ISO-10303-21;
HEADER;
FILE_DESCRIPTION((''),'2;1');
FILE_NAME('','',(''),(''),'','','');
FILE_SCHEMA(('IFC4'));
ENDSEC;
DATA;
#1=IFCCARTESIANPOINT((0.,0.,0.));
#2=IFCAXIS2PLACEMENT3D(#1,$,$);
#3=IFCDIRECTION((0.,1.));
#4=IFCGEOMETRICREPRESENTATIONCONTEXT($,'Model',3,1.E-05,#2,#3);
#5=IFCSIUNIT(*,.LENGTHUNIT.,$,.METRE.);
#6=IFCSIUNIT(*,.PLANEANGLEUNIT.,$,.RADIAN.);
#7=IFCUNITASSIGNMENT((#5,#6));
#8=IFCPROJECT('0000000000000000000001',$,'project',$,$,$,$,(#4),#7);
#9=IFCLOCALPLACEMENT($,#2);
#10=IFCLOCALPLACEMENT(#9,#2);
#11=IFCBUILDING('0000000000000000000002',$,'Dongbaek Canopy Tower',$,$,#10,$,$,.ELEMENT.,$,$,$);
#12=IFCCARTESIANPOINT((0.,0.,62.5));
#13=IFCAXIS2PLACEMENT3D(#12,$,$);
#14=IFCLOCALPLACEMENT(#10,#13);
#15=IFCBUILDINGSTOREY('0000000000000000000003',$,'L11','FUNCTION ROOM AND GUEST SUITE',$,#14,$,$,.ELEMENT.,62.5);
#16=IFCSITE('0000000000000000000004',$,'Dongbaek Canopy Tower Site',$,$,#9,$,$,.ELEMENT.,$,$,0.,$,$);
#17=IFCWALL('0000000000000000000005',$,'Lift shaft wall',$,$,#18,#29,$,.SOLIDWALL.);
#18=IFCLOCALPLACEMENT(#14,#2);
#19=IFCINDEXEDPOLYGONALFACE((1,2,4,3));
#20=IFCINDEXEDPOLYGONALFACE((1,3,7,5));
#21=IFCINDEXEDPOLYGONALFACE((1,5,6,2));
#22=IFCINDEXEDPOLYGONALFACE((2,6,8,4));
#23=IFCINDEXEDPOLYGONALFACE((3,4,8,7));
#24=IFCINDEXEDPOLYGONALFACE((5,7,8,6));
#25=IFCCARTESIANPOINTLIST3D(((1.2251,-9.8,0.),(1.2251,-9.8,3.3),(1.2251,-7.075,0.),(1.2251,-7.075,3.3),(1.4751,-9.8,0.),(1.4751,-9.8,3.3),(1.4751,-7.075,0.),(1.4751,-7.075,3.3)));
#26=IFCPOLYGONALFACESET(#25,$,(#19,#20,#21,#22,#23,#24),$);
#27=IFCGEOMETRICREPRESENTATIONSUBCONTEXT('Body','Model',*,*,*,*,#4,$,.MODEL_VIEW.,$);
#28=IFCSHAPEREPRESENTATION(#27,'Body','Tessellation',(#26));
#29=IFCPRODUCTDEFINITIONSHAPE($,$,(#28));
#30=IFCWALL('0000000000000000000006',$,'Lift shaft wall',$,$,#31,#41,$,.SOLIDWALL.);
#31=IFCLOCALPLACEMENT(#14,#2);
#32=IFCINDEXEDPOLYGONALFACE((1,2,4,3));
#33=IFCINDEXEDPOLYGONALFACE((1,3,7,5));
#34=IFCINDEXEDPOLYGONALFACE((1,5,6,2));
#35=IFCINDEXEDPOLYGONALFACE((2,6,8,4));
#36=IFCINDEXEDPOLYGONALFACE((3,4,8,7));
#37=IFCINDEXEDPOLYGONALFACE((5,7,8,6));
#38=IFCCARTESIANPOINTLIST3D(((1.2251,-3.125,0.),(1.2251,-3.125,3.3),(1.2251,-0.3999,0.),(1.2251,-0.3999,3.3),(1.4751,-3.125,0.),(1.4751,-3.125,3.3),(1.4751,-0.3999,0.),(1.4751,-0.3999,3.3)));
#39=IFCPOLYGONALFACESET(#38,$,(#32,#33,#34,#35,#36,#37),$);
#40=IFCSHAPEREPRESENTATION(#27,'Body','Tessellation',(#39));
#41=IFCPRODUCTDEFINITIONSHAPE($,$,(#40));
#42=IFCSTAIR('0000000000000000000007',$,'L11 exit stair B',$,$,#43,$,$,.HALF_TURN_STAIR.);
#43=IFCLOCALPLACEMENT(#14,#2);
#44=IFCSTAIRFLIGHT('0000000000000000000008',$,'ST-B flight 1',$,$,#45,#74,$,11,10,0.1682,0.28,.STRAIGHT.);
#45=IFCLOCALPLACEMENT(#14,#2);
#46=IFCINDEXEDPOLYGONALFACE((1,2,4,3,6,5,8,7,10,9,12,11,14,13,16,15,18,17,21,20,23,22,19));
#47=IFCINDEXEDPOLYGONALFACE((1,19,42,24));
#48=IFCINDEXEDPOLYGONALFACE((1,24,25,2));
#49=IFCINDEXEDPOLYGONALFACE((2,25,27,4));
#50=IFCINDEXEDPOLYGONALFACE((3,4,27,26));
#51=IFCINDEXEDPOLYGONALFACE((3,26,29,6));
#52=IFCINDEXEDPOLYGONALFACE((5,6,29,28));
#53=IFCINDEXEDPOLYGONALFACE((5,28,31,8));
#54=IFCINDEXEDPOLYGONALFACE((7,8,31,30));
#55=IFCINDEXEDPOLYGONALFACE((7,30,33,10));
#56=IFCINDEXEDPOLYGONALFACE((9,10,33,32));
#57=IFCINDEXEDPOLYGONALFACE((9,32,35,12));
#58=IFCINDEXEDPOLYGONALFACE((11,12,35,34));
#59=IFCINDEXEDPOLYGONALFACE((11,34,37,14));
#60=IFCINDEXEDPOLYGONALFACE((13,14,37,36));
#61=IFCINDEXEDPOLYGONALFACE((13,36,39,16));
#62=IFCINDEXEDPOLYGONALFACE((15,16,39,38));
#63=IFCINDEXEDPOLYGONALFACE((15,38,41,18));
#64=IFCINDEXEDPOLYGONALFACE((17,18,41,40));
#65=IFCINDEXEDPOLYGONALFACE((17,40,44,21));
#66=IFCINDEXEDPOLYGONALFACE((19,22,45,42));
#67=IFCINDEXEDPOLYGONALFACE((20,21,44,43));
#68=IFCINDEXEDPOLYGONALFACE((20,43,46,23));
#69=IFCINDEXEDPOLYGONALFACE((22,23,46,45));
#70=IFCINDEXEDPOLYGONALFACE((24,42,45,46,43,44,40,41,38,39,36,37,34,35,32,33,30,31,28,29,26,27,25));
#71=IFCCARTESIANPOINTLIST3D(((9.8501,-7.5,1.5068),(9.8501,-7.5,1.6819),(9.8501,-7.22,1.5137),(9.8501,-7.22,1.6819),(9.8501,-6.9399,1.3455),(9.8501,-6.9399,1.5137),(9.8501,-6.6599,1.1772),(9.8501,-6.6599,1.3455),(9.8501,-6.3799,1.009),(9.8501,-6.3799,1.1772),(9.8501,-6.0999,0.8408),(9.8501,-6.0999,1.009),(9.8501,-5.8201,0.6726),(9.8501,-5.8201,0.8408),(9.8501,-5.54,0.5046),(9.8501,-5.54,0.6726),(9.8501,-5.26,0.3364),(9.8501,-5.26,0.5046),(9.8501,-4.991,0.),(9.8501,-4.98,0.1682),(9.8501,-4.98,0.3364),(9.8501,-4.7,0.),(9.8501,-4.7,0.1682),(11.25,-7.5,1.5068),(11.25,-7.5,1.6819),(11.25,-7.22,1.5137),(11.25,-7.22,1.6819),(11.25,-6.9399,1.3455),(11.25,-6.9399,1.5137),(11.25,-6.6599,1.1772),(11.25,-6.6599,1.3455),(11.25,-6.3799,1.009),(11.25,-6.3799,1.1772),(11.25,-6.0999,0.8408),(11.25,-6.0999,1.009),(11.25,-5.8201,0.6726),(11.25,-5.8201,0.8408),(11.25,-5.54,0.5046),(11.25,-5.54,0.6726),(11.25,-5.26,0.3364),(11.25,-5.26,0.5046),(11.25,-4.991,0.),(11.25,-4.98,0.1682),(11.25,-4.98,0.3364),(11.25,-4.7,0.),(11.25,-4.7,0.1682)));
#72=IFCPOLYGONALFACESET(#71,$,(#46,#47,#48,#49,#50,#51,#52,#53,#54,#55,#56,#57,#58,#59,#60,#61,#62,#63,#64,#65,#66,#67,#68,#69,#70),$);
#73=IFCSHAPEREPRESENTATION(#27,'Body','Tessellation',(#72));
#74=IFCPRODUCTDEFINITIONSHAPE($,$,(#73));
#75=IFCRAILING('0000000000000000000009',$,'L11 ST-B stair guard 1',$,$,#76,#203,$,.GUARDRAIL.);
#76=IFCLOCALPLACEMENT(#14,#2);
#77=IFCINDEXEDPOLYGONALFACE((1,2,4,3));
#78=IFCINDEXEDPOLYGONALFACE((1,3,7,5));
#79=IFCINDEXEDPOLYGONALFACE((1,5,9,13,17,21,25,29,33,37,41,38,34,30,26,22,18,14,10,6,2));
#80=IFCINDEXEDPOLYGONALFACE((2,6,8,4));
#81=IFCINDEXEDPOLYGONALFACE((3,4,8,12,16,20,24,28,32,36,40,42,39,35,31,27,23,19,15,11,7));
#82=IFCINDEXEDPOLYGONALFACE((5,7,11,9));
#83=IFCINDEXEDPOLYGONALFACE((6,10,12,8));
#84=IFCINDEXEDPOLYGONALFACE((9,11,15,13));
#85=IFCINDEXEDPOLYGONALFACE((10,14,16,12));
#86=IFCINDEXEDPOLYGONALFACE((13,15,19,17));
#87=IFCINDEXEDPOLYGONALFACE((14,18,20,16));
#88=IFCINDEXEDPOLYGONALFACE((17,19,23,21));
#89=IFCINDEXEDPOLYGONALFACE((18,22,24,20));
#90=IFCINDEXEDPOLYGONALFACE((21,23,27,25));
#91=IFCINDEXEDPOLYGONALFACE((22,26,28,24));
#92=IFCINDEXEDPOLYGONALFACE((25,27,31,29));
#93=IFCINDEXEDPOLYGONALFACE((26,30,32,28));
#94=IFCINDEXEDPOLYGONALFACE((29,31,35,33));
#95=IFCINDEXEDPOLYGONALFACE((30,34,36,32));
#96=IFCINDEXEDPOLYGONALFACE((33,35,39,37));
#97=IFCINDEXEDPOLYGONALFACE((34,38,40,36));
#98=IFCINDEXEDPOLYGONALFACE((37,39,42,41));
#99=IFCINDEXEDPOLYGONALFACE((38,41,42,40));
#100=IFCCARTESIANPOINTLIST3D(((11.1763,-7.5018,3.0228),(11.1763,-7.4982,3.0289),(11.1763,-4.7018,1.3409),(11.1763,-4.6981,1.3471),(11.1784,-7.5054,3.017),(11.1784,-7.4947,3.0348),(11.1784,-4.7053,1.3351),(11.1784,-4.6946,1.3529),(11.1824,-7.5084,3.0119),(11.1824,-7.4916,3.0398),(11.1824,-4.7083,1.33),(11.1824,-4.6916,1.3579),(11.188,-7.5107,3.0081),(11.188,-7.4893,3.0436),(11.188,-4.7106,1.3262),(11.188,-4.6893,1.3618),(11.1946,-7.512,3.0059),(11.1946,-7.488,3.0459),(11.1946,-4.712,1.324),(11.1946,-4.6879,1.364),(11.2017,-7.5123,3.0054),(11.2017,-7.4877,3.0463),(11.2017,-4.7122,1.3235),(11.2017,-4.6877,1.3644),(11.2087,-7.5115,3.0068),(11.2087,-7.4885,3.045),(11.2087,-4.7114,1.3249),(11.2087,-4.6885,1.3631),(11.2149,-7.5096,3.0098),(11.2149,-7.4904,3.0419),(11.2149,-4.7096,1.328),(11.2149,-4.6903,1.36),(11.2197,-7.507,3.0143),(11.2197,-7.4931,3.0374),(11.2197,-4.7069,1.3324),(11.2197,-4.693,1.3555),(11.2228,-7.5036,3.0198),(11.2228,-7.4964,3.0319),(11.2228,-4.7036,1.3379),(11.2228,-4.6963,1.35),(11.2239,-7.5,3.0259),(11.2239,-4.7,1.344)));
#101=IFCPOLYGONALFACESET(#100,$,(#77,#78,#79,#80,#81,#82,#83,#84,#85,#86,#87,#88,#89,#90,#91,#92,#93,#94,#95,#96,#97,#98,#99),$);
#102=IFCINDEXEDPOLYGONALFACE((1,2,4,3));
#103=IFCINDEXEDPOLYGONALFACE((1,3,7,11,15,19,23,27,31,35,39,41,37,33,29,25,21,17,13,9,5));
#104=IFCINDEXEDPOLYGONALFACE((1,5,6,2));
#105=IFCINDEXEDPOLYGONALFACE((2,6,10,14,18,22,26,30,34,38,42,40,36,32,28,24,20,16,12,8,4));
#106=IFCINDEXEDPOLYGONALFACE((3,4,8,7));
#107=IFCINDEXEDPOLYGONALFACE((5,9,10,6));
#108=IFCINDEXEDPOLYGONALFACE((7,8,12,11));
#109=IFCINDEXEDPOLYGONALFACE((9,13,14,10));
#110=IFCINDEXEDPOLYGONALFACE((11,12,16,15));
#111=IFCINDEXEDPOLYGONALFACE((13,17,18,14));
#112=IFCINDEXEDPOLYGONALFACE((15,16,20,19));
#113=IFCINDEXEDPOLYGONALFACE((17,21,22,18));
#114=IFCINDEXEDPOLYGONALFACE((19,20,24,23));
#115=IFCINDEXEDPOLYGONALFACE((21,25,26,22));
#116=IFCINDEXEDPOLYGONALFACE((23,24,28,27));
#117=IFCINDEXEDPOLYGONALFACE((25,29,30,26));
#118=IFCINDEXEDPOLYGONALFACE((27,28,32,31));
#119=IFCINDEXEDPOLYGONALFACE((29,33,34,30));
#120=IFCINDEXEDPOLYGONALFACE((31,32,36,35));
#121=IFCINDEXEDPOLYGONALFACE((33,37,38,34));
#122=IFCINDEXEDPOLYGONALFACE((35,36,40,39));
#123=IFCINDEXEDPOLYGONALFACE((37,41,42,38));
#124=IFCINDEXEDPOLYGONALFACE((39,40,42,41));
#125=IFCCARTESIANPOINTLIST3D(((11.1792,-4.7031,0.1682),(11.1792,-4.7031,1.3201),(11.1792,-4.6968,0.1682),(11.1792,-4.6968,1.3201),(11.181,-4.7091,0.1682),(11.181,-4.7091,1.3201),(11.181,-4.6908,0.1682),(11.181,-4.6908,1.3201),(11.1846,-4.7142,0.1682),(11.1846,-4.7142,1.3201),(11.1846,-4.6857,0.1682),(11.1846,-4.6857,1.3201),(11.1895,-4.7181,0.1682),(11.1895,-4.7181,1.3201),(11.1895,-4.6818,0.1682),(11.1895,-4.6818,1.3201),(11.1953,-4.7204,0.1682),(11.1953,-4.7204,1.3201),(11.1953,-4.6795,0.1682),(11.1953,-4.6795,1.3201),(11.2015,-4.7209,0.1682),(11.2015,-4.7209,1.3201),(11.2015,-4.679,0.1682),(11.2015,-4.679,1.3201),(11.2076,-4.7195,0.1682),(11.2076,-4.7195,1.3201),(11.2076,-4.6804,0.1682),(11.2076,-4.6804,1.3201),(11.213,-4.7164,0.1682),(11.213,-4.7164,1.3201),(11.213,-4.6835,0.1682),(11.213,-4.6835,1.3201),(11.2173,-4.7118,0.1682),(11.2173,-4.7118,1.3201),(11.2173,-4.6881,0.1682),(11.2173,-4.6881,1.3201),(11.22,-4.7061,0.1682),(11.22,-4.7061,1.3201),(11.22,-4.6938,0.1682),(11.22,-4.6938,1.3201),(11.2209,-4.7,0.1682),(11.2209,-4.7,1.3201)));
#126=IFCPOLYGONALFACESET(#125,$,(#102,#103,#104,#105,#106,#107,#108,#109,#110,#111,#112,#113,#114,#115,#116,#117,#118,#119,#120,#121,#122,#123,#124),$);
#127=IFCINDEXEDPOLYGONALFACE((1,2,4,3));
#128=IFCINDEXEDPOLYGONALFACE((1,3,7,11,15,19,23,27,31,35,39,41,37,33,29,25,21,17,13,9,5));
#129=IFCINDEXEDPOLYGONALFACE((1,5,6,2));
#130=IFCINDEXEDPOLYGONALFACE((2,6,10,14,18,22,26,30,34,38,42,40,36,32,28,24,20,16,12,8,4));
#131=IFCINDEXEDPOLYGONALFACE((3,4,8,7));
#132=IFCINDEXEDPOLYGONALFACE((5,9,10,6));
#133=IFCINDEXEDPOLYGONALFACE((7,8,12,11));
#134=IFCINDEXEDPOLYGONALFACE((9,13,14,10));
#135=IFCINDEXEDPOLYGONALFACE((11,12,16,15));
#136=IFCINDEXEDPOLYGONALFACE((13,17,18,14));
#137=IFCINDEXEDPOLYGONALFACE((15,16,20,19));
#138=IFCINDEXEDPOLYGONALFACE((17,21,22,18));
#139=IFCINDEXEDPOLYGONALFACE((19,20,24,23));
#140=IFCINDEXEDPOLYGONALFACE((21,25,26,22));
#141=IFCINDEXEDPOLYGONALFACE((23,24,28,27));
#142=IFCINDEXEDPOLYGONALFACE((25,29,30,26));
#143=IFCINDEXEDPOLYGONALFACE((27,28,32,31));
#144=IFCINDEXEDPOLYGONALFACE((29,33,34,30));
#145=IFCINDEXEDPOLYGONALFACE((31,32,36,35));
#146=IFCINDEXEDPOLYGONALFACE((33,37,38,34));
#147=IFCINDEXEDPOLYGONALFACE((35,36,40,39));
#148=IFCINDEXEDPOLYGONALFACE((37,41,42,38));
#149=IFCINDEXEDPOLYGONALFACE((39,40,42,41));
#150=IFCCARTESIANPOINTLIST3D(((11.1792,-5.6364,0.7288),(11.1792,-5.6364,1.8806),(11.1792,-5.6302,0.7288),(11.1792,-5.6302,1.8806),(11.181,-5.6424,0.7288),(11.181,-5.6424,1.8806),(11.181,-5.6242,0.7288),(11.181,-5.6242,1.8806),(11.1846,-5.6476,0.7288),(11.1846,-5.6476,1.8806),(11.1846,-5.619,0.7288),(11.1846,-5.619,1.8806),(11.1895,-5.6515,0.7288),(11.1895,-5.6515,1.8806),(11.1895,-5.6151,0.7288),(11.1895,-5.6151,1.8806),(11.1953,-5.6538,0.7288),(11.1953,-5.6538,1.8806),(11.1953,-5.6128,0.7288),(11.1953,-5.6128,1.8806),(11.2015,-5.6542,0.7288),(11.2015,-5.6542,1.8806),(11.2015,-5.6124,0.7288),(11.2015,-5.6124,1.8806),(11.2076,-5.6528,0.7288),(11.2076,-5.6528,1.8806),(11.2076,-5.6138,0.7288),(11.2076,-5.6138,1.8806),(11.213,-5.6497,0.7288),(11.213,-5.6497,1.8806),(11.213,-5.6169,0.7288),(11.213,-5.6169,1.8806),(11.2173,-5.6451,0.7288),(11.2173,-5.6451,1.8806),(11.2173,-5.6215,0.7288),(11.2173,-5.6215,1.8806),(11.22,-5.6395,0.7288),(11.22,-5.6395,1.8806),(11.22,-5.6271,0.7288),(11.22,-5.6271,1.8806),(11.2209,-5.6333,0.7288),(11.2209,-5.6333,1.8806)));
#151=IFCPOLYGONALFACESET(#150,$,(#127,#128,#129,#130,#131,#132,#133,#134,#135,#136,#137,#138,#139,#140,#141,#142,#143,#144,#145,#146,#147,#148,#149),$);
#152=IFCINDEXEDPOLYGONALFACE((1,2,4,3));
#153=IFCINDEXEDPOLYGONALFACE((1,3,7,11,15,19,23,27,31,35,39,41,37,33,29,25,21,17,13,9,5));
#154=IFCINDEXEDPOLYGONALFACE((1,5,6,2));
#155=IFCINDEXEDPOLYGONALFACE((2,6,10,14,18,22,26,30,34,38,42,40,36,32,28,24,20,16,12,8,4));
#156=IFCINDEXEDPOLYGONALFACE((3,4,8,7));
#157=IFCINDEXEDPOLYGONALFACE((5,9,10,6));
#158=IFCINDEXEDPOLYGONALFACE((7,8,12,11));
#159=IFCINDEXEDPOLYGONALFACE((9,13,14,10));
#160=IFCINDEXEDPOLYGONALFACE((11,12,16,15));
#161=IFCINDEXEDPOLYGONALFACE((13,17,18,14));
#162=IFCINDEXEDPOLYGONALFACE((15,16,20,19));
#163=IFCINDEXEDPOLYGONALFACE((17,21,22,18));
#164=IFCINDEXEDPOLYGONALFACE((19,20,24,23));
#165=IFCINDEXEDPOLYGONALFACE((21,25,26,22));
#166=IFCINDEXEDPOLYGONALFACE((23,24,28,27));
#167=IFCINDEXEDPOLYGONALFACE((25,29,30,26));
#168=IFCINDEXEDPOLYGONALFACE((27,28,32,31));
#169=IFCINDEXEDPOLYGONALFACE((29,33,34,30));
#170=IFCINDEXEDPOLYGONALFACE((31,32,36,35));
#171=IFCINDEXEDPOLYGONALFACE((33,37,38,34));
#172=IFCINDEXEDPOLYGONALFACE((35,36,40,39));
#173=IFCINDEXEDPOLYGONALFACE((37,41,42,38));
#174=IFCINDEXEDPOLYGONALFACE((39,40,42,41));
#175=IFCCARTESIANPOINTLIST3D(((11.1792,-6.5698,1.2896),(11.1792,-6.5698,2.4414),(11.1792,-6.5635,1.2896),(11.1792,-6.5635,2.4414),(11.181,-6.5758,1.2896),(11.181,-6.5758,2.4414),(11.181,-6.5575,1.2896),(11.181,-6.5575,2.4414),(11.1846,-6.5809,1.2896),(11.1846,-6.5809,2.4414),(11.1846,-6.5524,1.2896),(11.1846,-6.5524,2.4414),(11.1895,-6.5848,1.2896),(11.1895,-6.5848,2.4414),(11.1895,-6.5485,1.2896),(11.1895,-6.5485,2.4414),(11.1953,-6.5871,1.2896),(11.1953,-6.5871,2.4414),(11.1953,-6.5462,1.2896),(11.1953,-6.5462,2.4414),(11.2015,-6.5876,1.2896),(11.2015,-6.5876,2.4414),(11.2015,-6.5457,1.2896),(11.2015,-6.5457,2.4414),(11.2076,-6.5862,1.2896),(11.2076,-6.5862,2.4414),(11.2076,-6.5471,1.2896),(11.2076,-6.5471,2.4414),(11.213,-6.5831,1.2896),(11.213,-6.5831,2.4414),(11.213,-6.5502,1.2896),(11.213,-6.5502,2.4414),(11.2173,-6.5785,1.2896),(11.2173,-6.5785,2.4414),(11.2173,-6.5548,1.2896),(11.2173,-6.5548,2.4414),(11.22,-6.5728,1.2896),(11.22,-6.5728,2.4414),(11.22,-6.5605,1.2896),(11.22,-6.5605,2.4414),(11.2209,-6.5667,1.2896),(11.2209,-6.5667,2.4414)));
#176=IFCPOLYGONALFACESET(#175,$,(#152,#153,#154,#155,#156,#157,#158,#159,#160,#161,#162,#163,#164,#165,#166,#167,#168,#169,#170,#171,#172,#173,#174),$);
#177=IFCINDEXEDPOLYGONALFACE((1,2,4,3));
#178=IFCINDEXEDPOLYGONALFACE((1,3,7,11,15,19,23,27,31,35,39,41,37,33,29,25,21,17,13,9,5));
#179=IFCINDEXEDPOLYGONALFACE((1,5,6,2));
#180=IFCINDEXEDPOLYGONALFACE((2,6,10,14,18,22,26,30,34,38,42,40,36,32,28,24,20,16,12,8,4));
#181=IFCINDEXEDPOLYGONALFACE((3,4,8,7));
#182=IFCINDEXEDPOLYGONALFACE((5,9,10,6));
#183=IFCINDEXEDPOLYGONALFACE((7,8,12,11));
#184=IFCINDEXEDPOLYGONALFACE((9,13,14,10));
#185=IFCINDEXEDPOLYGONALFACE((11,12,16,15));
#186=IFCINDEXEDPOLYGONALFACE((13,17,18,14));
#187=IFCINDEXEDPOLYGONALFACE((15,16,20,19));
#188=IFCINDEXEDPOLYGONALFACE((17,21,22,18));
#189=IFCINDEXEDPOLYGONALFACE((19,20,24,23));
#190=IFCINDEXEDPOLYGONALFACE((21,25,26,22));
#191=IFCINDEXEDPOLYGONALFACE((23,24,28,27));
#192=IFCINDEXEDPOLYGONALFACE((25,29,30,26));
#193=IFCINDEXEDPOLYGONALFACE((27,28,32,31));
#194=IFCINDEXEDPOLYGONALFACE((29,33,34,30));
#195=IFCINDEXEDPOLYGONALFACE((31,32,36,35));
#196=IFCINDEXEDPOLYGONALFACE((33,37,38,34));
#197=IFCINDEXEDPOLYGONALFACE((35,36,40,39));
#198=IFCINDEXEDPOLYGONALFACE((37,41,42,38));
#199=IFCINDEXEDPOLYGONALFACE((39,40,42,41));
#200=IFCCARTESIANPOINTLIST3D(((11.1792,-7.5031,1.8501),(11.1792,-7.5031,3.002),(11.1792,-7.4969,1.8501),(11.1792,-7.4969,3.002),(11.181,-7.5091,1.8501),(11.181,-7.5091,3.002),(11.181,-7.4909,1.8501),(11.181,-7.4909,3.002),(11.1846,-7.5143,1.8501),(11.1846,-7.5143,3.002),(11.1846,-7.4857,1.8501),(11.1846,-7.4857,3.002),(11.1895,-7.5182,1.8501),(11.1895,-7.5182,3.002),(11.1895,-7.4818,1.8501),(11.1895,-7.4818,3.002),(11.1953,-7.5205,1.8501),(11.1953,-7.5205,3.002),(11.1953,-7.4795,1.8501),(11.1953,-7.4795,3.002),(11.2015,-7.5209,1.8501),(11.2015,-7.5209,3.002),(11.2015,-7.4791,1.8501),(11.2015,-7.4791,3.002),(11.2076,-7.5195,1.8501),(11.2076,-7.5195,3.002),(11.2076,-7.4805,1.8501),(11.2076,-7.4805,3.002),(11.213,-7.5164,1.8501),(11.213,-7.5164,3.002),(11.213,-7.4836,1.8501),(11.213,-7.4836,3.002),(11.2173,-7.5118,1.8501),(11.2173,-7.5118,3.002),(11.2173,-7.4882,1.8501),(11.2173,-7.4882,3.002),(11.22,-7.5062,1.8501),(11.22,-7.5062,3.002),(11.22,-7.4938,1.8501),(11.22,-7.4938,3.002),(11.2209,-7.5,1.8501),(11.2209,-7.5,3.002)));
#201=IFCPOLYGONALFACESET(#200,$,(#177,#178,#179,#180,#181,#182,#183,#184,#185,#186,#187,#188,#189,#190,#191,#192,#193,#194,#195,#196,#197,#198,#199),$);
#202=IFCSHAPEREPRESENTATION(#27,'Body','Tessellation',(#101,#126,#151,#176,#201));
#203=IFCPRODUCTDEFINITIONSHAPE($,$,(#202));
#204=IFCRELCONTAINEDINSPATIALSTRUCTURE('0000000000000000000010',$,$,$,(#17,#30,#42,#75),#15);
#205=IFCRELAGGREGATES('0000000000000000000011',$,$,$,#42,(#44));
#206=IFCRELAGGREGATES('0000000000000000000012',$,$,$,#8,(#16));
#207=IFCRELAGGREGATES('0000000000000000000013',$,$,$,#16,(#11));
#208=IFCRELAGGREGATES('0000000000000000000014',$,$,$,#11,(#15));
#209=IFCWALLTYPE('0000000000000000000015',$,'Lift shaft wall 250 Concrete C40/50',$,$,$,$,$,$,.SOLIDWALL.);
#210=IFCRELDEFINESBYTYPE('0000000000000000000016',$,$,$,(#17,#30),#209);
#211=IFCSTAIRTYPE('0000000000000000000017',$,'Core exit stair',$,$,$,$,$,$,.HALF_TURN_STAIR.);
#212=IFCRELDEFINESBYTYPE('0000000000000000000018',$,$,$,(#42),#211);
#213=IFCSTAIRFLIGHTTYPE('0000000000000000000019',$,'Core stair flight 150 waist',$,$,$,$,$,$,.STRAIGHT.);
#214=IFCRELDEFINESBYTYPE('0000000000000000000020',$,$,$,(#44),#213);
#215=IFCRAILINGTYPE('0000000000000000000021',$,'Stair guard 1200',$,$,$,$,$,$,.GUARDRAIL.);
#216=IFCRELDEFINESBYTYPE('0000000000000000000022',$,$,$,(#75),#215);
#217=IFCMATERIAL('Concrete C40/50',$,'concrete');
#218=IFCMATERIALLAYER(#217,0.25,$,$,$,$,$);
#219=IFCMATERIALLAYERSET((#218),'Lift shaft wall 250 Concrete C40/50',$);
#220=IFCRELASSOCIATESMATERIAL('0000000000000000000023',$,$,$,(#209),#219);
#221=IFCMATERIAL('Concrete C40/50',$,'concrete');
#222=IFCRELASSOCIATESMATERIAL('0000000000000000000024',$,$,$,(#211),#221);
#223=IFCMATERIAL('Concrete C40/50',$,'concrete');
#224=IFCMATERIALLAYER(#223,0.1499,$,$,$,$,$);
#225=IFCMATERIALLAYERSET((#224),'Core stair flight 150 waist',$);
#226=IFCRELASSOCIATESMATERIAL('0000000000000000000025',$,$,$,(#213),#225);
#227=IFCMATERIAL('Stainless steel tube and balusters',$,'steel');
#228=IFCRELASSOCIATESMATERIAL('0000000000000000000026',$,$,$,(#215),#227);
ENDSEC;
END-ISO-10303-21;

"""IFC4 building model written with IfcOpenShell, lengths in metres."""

from ifc_helpers import new_model, si_unit, direction, frame, frame_2d, origin, origin_2d, place, context, subcontext, project, spatial, polyline, rectangle, circle, outline, extrude, material, layer, layer_set, type_object, element, aggregate, save


model = new_model("IFC4")

# Units and contexts
model_context = context("Model", 3, precision=1e-05, world=origin(), true_north=direction((0.0, 1.0)))
body_context = subcontext(model_context, "Body", "Model", "MODEL_VIEW")
ifc_project = project(units=[si_unit("LENGTHUNIT", "METRE"), si_unit("PLANEANGLEUNIT", "RADIAN")], contexts=[model_context])

# Site, building, storey
site_placement = place(None, origin())
site = spatial("IfcSite", under=ifc_project, at=site_placement, Name="Dongbaek Canopy Tower Site", CompositionType="ELEMENT", RefElevation=0.0)
building_placement = place(site_placement, origin())
building = spatial("IfcBuilding", under=site, at=building_placement, Name="Dongbaek Canopy Tower", CompositionType="ELEMENT")
storey_placement = place(building_placement, frame((0.0, 0.0, 62.5)))
storey = spatial("IfcBuildingStorey", under=building, at=storey_placement, Name="L11", Description="FUNCTION ROOM AND GUEST SUITE", CompositionType="ELEMENT", Elevation=62.5)

# Walls
ifc_material_1 = material(Name="Concrete C40/50", Category="concrete")
ifc_layer_1 = layer(ifc_material_1, 0.25)
ifc_layer_set_1 = layer_set([ifc_layer_1], Name="Lift shaft wall 250 Concrete C40/50")
wall_type_1 = type_object("IfcWallType", Name="Lift shaft wall 250 Concrete C40/50", PredefinedType="SOLIDWALL", material=ifc_layer_set_1)
for number, where, z_axis, x_axis, name in (
    (1, (1.3501, -9.8, 0.0), (0.0, 0.0, 1.0), (0.0, 1.0, 0.0), "Lift shaft wall"),
    (2, (1.3501, -3.125, 0.0), (0.0, 0.0, 1.0), (0.0, 1.0, 0.0), "Lift shaft wall"),
):
    element("IfcWall", number, at=place(storey_placement, frame(where, z_axis=z_axis, x_axis=x_axis)), inside=storey, type_object=wall_type_1, Name=name, PredefinedType="SOLIDWALL", context=body_context, shape_type="SweptSolid", body=[
        extrude(rectangle(XDim=2.7251, YDim=0.25, at=frame_2d((1.3625, 0.0))), origin(), (0.0, 0.0, 1.0), 3.3),
    ])

# Stair, stair flight
ifc_material_2 = material(Name="Concrete C40/50", Category="concrete")
stair_type = type_object("IfcStairType", Name="Core exit stair", PredefinedType="HALF_TURN_STAIR", material=ifc_material_2)
stair_placement = place(storey_placement, origin())
stair = element("IfcStair", 3, at=stair_placement, inside=storey, type_object=stair_type, Name="L11 exit stair B", PredefinedType="HALF_TURN_STAIR")
ifc_material_3 = material(Name="Concrete C40/50", Category="concrete")
ifc_layer_2 = layer(ifc_material_3, 0.1499)
ifc_layer_set_2 = layer_set([ifc_layer_2], Name="Core stair flight 150 waist")
stair_flight_type = type_object("IfcStairFlightType", Name="Core stair flight 150 waist", PredefinedType="STRAIGHT", material=ifc_layer_set_2)
stair_flight_placement = place(storey_placement, frame((10.55, -4.7, 0.0), z_axis=(0.0, 0.0, 1.0), x_axis=(0.0, -1.0, 0.0)))
stair_flight = element("IfcStairFlight", 4, at=stair_flight_placement, type_object=stair_flight_type, Name="ST-B flight 1", NumberOfRisers=11, NumberOfTreads=10, PredefinedType="STRAIGHT", RiserHeight=0.1682, TreadLength=0.28, context=body_context, shape_type="SweptSolid", body=[
    extrude(outline(polyline([(0.0, 0.0), (0.0, 0.1682), (0.28, 0.1682), (0.28, 0.3364), (0.5601, 0.3364), (0.5601, 0.5046), (0.8401, 0.5046), (0.8401, 0.6726), (1.1201, 0.6726), (1.1201, 0.8408), (1.3999, 0.8408), (1.3999, 1.009), (1.6799, 1.009), (1.6799, 1.1772), (1.96, 1.1772), (1.96, 1.3455), (2.24, 1.3455), (2.24, 1.5137), (2.52, 1.5137), (2.52, 1.6819), (2.8, 1.6819), (2.8, 1.8501), (2.8, 1.5068), (0.291, 0.0), (0.0, 0.0)])), frame((0.0, 0.7, 0.0), z_axis=(0.0, -1.0, 0.0), x_axis=(1.0, 0.0, 0.0)), (0.0, 0.0, 1.0), 1.3999),
])
aggregate(stair, [stair_flight])

# Railing
ifc_material_4 = material(Name="Stainless steel tube and balusters", Category="steel")
railing_type_1 = type_object("IfcRailingType", Name="Stair guard 1200", PredefinedType="GUARDRAIL", material=ifc_material_4)
railing_1_placement = place(storey_placement, frame((11.2, -4.7, 0.1682)))
element("IfcRailing", 5, at=railing_1_placement, inside=storey, type_object=railing_type_1, Name="L11 ST-B stair guard 1", PredefinedType="GUARDRAIL", context=body_context, shape_type="SweptSolid", body=[
    extrude(circle(Radius=0.0239, at=origin_2d()), frame((0.0, 0.0, 1.1758), z_axis=(0.0, -0.857242, 0.514913), x_axis=(1.0, 0.0, 0.0)), (0.0, 0.0, 1.0), 3.2664),
    extrude(circle(Radius=0.021, at=origin_2d()), origin(), (0.0, 0.0, 1.0), 1.1519),
    extrude(circle(Radius=0.021, at=origin_2d()), frame((0.0, -0.9333, 0.5605)), (0.0, 0.0, 1.0), 1.1519),
    extrude(circle(Radius=0.021, at=origin_2d()), frame((0.0, -1.8667, 1.1213)), (0.0, 0.0, 1.0), 1.1519),
    extrude(circle(Radius=0.021, at=origin_2d()), frame((0.0, -2.8, 1.6819)), (0.0, 0.0, 1.0), 1.1519),
])

save(model, "model.ifc")
